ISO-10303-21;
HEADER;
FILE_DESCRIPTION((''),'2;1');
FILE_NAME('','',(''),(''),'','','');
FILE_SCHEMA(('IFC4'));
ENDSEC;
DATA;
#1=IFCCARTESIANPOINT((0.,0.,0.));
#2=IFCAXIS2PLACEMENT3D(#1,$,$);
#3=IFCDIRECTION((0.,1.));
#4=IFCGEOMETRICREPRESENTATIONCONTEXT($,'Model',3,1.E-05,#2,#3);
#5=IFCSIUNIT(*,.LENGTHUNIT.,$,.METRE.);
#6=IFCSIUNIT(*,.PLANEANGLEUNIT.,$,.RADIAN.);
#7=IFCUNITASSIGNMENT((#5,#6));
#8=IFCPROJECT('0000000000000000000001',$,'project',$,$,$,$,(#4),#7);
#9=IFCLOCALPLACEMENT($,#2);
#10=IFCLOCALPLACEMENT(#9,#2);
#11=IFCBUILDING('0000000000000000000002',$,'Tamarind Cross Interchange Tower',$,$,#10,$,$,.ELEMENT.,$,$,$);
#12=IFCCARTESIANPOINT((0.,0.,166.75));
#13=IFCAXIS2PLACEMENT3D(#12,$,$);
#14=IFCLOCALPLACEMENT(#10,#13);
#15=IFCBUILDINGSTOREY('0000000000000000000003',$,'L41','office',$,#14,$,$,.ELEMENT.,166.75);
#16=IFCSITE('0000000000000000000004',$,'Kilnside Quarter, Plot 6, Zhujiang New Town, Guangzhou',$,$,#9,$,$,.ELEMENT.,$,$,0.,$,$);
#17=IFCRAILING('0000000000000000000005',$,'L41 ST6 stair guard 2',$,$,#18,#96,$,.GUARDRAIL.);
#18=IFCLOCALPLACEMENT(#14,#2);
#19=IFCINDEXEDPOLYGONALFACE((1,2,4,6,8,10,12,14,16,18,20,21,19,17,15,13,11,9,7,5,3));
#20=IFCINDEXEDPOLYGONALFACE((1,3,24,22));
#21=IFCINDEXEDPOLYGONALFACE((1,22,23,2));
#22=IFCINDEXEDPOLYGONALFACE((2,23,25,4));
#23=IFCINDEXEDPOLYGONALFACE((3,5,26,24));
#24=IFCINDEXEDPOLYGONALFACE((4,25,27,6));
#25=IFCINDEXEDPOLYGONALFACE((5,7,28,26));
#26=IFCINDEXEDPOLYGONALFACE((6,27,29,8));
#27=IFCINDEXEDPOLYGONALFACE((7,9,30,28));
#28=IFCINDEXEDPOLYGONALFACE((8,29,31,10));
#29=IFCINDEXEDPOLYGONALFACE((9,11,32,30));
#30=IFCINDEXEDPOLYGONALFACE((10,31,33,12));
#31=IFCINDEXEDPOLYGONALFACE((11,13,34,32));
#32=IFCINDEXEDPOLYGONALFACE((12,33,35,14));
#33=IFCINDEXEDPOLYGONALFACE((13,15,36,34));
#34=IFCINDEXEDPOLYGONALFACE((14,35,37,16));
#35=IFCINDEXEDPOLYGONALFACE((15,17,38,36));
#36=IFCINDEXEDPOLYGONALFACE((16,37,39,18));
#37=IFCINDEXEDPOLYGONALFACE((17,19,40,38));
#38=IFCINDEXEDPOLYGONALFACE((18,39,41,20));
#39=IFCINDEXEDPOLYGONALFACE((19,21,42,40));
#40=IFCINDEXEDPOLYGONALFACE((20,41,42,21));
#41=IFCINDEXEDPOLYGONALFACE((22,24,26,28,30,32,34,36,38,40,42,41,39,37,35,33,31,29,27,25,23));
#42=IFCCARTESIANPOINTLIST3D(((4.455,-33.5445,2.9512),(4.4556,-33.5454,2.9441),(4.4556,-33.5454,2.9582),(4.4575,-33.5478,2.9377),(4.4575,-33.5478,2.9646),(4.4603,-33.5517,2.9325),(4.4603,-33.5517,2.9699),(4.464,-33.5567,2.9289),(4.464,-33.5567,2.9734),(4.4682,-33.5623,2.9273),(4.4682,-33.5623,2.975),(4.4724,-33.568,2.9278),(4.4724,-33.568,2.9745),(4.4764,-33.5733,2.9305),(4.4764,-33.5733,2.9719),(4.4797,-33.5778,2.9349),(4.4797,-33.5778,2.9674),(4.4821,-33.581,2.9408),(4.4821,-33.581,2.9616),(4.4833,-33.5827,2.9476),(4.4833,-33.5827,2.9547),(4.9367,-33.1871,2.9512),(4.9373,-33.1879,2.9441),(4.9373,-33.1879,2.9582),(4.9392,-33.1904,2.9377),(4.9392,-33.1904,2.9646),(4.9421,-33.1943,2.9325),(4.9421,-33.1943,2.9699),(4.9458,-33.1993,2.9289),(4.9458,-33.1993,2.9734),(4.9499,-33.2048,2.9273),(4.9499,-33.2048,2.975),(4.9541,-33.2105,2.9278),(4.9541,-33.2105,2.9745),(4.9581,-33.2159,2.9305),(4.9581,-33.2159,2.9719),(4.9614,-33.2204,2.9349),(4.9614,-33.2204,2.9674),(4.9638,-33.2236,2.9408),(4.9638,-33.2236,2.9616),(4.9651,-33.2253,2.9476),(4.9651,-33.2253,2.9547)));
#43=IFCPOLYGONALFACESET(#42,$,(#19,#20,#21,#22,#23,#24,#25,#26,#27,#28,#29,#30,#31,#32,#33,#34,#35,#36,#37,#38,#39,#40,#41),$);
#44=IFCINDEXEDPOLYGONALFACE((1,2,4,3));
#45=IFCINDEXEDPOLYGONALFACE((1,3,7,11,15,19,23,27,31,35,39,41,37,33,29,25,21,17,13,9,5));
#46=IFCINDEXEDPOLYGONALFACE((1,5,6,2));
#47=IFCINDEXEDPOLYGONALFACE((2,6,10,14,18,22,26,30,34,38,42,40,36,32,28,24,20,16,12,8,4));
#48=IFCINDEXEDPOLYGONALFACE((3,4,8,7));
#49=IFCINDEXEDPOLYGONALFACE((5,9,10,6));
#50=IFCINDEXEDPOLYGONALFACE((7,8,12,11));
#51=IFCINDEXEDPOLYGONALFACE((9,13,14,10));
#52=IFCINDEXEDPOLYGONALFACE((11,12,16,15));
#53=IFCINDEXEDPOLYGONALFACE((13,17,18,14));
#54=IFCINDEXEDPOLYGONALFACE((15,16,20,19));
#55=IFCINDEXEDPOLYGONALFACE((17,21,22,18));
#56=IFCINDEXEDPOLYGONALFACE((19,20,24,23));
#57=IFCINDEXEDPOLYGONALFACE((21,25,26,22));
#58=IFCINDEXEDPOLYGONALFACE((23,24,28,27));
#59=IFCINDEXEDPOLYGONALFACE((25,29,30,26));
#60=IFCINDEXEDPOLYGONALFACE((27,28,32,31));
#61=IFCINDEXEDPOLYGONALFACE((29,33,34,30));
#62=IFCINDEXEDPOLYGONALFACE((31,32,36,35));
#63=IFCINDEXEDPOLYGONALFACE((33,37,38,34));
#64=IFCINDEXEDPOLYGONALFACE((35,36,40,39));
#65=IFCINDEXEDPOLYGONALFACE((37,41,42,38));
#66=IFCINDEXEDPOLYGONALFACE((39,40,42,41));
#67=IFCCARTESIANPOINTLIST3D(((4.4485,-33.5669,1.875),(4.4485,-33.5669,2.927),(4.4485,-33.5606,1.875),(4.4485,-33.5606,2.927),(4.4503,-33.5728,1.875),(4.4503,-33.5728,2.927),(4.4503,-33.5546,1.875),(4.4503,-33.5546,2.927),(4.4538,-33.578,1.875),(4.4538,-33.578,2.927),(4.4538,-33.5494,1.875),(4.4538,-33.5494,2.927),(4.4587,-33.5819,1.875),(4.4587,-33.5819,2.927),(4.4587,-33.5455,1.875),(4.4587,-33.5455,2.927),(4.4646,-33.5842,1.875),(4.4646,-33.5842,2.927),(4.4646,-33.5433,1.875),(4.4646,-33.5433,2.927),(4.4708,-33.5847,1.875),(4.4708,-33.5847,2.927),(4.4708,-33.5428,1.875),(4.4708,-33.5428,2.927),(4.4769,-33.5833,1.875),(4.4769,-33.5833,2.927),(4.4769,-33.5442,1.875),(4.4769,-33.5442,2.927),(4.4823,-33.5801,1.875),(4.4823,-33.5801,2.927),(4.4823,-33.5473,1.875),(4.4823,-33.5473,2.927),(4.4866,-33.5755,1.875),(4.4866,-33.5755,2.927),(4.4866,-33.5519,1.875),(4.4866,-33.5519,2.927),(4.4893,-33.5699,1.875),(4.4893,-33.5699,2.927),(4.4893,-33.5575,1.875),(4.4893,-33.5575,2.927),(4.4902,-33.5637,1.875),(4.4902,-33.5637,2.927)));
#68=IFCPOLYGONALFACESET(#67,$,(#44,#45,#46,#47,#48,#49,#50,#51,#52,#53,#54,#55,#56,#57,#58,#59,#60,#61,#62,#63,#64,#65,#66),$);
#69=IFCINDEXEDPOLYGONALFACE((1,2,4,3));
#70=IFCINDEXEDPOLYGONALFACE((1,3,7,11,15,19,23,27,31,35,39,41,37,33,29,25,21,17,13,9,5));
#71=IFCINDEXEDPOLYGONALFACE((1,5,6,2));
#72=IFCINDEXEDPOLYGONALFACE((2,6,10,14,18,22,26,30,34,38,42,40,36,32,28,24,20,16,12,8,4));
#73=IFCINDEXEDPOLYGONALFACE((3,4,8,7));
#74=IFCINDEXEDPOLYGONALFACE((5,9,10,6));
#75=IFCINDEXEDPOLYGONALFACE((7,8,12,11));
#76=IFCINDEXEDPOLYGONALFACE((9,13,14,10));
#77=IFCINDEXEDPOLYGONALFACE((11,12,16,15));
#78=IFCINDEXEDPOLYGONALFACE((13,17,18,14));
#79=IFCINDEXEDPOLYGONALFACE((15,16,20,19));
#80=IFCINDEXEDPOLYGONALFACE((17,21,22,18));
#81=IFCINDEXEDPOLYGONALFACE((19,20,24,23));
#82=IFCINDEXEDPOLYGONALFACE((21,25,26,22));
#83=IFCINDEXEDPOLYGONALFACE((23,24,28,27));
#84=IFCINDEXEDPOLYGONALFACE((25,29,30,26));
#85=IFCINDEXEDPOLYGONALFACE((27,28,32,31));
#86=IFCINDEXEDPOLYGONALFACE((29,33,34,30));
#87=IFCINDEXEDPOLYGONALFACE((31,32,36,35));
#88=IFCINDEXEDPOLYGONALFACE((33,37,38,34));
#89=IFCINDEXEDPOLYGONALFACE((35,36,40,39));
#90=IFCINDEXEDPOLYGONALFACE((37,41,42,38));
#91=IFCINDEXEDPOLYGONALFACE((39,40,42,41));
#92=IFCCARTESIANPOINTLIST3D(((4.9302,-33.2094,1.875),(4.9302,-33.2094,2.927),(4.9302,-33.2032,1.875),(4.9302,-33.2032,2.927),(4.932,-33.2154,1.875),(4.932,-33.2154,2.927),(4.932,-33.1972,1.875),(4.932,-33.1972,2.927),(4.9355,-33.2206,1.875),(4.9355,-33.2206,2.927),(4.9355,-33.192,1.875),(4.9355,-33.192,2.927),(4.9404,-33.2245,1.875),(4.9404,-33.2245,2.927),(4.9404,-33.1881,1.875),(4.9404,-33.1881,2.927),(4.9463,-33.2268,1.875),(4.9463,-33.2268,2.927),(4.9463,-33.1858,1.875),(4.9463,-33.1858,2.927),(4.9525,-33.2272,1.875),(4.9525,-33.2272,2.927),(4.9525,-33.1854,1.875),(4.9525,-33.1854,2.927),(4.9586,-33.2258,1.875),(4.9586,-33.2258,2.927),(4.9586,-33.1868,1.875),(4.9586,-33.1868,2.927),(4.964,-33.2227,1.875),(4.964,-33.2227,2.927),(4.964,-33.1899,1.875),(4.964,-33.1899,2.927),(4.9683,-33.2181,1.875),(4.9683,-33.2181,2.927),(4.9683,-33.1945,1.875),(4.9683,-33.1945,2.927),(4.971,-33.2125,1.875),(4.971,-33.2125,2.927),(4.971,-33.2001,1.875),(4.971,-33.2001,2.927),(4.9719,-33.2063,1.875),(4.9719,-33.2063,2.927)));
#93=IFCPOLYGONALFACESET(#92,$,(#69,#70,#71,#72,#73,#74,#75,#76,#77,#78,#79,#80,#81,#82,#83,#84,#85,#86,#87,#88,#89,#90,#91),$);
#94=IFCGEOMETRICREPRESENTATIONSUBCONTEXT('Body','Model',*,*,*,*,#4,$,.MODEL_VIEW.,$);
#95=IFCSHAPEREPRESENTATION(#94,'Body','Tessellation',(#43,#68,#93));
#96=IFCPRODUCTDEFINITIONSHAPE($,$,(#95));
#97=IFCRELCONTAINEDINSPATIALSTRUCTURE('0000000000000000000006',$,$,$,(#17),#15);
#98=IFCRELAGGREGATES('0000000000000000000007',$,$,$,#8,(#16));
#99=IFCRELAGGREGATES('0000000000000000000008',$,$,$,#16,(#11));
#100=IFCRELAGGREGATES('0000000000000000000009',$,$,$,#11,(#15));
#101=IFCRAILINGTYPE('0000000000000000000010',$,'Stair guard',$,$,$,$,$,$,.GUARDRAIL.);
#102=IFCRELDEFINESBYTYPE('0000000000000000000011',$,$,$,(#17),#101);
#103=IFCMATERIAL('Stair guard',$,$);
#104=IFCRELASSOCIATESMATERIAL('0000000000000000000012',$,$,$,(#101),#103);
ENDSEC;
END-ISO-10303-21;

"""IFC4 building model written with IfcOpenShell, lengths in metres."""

from ifc_helpers import new_model, si_unit, direction, frame, origin, origin_2d, place, context, subcontext, project, spatial, circle, extrude, material, type_object, element, save


model = new_model("IFC4")

# Units and contexts
model_context = context("Model", 3, precision=1e-05, world=origin(), true_north=direction((0.0, 1.0)))
body_context = subcontext(model_context, "Body", "Model", "MODEL_VIEW")
ifc_project = project(units=[si_unit("LENGTHUNIT", "METRE"), si_unit("PLANEANGLEUNIT", "RADIAN")], contexts=[model_context])

# Site, building, storey
site_placement = place(None, origin())
site = spatial("IfcSite", under=ifc_project, at=site_placement, Name="Kilnside Quarter, Plot 6, Zhujiang New Town, Guangzhou", CompositionType="ELEMENT", RefElevation=0.0)
building_placement = place(site_placement, origin())
building = spatial("IfcBuilding", under=site, at=building_placement, Name="Tamarind Cross Interchange Tower", CompositionType="ELEMENT")
storey_placement = place(building_placement, frame((0.0, 0.0, 166.75)))
storey = spatial("IfcBuildingStorey", under=building, at=storey_placement, Name="L41", Description="office", CompositionType="ELEMENT", Elevation=166.75)

# Railing
ifc_material_1 = material(Name="Stair guard")
railing_type_1 = type_object("IfcRailingType", Name="Stair guard", PredefinedType="GUARDRAIL", material=ifc_material_1)
railing_1_placement = place(storey_placement, frame((4.4692, -33.5637, 1.875)))
element("IfcRailing", 1, at=railing_1_placement, inside=storey, type_object=railing_type_1, Name="L41 ST6 stair guard 2", PredefinedType="GUARDRAIL", context=body_context, shape_type="SweptSolid", body=[
    extrude(circle(Radius=0.0239, at=origin_2d()), frame((0.0, 0.0, 1.0762), z_axis=(0.803067, 0.595889, 0.0), x_axis=(-0.595889, 0.803067, 0.0)), (0.0, 0.0, 1.0), 0.5999),
    extrude(circle(Radius=0.021, at=origin_2d()), origin(), (0.0, 0.0, 1.0), 1.052),
    extrude(circle(Radius=0.021, at=origin_2d()), frame((0.4817, 0.3574, 0.0)), (0.0, 0.0, 1.0), 1.052),
])

save(model, "model.ifc")
